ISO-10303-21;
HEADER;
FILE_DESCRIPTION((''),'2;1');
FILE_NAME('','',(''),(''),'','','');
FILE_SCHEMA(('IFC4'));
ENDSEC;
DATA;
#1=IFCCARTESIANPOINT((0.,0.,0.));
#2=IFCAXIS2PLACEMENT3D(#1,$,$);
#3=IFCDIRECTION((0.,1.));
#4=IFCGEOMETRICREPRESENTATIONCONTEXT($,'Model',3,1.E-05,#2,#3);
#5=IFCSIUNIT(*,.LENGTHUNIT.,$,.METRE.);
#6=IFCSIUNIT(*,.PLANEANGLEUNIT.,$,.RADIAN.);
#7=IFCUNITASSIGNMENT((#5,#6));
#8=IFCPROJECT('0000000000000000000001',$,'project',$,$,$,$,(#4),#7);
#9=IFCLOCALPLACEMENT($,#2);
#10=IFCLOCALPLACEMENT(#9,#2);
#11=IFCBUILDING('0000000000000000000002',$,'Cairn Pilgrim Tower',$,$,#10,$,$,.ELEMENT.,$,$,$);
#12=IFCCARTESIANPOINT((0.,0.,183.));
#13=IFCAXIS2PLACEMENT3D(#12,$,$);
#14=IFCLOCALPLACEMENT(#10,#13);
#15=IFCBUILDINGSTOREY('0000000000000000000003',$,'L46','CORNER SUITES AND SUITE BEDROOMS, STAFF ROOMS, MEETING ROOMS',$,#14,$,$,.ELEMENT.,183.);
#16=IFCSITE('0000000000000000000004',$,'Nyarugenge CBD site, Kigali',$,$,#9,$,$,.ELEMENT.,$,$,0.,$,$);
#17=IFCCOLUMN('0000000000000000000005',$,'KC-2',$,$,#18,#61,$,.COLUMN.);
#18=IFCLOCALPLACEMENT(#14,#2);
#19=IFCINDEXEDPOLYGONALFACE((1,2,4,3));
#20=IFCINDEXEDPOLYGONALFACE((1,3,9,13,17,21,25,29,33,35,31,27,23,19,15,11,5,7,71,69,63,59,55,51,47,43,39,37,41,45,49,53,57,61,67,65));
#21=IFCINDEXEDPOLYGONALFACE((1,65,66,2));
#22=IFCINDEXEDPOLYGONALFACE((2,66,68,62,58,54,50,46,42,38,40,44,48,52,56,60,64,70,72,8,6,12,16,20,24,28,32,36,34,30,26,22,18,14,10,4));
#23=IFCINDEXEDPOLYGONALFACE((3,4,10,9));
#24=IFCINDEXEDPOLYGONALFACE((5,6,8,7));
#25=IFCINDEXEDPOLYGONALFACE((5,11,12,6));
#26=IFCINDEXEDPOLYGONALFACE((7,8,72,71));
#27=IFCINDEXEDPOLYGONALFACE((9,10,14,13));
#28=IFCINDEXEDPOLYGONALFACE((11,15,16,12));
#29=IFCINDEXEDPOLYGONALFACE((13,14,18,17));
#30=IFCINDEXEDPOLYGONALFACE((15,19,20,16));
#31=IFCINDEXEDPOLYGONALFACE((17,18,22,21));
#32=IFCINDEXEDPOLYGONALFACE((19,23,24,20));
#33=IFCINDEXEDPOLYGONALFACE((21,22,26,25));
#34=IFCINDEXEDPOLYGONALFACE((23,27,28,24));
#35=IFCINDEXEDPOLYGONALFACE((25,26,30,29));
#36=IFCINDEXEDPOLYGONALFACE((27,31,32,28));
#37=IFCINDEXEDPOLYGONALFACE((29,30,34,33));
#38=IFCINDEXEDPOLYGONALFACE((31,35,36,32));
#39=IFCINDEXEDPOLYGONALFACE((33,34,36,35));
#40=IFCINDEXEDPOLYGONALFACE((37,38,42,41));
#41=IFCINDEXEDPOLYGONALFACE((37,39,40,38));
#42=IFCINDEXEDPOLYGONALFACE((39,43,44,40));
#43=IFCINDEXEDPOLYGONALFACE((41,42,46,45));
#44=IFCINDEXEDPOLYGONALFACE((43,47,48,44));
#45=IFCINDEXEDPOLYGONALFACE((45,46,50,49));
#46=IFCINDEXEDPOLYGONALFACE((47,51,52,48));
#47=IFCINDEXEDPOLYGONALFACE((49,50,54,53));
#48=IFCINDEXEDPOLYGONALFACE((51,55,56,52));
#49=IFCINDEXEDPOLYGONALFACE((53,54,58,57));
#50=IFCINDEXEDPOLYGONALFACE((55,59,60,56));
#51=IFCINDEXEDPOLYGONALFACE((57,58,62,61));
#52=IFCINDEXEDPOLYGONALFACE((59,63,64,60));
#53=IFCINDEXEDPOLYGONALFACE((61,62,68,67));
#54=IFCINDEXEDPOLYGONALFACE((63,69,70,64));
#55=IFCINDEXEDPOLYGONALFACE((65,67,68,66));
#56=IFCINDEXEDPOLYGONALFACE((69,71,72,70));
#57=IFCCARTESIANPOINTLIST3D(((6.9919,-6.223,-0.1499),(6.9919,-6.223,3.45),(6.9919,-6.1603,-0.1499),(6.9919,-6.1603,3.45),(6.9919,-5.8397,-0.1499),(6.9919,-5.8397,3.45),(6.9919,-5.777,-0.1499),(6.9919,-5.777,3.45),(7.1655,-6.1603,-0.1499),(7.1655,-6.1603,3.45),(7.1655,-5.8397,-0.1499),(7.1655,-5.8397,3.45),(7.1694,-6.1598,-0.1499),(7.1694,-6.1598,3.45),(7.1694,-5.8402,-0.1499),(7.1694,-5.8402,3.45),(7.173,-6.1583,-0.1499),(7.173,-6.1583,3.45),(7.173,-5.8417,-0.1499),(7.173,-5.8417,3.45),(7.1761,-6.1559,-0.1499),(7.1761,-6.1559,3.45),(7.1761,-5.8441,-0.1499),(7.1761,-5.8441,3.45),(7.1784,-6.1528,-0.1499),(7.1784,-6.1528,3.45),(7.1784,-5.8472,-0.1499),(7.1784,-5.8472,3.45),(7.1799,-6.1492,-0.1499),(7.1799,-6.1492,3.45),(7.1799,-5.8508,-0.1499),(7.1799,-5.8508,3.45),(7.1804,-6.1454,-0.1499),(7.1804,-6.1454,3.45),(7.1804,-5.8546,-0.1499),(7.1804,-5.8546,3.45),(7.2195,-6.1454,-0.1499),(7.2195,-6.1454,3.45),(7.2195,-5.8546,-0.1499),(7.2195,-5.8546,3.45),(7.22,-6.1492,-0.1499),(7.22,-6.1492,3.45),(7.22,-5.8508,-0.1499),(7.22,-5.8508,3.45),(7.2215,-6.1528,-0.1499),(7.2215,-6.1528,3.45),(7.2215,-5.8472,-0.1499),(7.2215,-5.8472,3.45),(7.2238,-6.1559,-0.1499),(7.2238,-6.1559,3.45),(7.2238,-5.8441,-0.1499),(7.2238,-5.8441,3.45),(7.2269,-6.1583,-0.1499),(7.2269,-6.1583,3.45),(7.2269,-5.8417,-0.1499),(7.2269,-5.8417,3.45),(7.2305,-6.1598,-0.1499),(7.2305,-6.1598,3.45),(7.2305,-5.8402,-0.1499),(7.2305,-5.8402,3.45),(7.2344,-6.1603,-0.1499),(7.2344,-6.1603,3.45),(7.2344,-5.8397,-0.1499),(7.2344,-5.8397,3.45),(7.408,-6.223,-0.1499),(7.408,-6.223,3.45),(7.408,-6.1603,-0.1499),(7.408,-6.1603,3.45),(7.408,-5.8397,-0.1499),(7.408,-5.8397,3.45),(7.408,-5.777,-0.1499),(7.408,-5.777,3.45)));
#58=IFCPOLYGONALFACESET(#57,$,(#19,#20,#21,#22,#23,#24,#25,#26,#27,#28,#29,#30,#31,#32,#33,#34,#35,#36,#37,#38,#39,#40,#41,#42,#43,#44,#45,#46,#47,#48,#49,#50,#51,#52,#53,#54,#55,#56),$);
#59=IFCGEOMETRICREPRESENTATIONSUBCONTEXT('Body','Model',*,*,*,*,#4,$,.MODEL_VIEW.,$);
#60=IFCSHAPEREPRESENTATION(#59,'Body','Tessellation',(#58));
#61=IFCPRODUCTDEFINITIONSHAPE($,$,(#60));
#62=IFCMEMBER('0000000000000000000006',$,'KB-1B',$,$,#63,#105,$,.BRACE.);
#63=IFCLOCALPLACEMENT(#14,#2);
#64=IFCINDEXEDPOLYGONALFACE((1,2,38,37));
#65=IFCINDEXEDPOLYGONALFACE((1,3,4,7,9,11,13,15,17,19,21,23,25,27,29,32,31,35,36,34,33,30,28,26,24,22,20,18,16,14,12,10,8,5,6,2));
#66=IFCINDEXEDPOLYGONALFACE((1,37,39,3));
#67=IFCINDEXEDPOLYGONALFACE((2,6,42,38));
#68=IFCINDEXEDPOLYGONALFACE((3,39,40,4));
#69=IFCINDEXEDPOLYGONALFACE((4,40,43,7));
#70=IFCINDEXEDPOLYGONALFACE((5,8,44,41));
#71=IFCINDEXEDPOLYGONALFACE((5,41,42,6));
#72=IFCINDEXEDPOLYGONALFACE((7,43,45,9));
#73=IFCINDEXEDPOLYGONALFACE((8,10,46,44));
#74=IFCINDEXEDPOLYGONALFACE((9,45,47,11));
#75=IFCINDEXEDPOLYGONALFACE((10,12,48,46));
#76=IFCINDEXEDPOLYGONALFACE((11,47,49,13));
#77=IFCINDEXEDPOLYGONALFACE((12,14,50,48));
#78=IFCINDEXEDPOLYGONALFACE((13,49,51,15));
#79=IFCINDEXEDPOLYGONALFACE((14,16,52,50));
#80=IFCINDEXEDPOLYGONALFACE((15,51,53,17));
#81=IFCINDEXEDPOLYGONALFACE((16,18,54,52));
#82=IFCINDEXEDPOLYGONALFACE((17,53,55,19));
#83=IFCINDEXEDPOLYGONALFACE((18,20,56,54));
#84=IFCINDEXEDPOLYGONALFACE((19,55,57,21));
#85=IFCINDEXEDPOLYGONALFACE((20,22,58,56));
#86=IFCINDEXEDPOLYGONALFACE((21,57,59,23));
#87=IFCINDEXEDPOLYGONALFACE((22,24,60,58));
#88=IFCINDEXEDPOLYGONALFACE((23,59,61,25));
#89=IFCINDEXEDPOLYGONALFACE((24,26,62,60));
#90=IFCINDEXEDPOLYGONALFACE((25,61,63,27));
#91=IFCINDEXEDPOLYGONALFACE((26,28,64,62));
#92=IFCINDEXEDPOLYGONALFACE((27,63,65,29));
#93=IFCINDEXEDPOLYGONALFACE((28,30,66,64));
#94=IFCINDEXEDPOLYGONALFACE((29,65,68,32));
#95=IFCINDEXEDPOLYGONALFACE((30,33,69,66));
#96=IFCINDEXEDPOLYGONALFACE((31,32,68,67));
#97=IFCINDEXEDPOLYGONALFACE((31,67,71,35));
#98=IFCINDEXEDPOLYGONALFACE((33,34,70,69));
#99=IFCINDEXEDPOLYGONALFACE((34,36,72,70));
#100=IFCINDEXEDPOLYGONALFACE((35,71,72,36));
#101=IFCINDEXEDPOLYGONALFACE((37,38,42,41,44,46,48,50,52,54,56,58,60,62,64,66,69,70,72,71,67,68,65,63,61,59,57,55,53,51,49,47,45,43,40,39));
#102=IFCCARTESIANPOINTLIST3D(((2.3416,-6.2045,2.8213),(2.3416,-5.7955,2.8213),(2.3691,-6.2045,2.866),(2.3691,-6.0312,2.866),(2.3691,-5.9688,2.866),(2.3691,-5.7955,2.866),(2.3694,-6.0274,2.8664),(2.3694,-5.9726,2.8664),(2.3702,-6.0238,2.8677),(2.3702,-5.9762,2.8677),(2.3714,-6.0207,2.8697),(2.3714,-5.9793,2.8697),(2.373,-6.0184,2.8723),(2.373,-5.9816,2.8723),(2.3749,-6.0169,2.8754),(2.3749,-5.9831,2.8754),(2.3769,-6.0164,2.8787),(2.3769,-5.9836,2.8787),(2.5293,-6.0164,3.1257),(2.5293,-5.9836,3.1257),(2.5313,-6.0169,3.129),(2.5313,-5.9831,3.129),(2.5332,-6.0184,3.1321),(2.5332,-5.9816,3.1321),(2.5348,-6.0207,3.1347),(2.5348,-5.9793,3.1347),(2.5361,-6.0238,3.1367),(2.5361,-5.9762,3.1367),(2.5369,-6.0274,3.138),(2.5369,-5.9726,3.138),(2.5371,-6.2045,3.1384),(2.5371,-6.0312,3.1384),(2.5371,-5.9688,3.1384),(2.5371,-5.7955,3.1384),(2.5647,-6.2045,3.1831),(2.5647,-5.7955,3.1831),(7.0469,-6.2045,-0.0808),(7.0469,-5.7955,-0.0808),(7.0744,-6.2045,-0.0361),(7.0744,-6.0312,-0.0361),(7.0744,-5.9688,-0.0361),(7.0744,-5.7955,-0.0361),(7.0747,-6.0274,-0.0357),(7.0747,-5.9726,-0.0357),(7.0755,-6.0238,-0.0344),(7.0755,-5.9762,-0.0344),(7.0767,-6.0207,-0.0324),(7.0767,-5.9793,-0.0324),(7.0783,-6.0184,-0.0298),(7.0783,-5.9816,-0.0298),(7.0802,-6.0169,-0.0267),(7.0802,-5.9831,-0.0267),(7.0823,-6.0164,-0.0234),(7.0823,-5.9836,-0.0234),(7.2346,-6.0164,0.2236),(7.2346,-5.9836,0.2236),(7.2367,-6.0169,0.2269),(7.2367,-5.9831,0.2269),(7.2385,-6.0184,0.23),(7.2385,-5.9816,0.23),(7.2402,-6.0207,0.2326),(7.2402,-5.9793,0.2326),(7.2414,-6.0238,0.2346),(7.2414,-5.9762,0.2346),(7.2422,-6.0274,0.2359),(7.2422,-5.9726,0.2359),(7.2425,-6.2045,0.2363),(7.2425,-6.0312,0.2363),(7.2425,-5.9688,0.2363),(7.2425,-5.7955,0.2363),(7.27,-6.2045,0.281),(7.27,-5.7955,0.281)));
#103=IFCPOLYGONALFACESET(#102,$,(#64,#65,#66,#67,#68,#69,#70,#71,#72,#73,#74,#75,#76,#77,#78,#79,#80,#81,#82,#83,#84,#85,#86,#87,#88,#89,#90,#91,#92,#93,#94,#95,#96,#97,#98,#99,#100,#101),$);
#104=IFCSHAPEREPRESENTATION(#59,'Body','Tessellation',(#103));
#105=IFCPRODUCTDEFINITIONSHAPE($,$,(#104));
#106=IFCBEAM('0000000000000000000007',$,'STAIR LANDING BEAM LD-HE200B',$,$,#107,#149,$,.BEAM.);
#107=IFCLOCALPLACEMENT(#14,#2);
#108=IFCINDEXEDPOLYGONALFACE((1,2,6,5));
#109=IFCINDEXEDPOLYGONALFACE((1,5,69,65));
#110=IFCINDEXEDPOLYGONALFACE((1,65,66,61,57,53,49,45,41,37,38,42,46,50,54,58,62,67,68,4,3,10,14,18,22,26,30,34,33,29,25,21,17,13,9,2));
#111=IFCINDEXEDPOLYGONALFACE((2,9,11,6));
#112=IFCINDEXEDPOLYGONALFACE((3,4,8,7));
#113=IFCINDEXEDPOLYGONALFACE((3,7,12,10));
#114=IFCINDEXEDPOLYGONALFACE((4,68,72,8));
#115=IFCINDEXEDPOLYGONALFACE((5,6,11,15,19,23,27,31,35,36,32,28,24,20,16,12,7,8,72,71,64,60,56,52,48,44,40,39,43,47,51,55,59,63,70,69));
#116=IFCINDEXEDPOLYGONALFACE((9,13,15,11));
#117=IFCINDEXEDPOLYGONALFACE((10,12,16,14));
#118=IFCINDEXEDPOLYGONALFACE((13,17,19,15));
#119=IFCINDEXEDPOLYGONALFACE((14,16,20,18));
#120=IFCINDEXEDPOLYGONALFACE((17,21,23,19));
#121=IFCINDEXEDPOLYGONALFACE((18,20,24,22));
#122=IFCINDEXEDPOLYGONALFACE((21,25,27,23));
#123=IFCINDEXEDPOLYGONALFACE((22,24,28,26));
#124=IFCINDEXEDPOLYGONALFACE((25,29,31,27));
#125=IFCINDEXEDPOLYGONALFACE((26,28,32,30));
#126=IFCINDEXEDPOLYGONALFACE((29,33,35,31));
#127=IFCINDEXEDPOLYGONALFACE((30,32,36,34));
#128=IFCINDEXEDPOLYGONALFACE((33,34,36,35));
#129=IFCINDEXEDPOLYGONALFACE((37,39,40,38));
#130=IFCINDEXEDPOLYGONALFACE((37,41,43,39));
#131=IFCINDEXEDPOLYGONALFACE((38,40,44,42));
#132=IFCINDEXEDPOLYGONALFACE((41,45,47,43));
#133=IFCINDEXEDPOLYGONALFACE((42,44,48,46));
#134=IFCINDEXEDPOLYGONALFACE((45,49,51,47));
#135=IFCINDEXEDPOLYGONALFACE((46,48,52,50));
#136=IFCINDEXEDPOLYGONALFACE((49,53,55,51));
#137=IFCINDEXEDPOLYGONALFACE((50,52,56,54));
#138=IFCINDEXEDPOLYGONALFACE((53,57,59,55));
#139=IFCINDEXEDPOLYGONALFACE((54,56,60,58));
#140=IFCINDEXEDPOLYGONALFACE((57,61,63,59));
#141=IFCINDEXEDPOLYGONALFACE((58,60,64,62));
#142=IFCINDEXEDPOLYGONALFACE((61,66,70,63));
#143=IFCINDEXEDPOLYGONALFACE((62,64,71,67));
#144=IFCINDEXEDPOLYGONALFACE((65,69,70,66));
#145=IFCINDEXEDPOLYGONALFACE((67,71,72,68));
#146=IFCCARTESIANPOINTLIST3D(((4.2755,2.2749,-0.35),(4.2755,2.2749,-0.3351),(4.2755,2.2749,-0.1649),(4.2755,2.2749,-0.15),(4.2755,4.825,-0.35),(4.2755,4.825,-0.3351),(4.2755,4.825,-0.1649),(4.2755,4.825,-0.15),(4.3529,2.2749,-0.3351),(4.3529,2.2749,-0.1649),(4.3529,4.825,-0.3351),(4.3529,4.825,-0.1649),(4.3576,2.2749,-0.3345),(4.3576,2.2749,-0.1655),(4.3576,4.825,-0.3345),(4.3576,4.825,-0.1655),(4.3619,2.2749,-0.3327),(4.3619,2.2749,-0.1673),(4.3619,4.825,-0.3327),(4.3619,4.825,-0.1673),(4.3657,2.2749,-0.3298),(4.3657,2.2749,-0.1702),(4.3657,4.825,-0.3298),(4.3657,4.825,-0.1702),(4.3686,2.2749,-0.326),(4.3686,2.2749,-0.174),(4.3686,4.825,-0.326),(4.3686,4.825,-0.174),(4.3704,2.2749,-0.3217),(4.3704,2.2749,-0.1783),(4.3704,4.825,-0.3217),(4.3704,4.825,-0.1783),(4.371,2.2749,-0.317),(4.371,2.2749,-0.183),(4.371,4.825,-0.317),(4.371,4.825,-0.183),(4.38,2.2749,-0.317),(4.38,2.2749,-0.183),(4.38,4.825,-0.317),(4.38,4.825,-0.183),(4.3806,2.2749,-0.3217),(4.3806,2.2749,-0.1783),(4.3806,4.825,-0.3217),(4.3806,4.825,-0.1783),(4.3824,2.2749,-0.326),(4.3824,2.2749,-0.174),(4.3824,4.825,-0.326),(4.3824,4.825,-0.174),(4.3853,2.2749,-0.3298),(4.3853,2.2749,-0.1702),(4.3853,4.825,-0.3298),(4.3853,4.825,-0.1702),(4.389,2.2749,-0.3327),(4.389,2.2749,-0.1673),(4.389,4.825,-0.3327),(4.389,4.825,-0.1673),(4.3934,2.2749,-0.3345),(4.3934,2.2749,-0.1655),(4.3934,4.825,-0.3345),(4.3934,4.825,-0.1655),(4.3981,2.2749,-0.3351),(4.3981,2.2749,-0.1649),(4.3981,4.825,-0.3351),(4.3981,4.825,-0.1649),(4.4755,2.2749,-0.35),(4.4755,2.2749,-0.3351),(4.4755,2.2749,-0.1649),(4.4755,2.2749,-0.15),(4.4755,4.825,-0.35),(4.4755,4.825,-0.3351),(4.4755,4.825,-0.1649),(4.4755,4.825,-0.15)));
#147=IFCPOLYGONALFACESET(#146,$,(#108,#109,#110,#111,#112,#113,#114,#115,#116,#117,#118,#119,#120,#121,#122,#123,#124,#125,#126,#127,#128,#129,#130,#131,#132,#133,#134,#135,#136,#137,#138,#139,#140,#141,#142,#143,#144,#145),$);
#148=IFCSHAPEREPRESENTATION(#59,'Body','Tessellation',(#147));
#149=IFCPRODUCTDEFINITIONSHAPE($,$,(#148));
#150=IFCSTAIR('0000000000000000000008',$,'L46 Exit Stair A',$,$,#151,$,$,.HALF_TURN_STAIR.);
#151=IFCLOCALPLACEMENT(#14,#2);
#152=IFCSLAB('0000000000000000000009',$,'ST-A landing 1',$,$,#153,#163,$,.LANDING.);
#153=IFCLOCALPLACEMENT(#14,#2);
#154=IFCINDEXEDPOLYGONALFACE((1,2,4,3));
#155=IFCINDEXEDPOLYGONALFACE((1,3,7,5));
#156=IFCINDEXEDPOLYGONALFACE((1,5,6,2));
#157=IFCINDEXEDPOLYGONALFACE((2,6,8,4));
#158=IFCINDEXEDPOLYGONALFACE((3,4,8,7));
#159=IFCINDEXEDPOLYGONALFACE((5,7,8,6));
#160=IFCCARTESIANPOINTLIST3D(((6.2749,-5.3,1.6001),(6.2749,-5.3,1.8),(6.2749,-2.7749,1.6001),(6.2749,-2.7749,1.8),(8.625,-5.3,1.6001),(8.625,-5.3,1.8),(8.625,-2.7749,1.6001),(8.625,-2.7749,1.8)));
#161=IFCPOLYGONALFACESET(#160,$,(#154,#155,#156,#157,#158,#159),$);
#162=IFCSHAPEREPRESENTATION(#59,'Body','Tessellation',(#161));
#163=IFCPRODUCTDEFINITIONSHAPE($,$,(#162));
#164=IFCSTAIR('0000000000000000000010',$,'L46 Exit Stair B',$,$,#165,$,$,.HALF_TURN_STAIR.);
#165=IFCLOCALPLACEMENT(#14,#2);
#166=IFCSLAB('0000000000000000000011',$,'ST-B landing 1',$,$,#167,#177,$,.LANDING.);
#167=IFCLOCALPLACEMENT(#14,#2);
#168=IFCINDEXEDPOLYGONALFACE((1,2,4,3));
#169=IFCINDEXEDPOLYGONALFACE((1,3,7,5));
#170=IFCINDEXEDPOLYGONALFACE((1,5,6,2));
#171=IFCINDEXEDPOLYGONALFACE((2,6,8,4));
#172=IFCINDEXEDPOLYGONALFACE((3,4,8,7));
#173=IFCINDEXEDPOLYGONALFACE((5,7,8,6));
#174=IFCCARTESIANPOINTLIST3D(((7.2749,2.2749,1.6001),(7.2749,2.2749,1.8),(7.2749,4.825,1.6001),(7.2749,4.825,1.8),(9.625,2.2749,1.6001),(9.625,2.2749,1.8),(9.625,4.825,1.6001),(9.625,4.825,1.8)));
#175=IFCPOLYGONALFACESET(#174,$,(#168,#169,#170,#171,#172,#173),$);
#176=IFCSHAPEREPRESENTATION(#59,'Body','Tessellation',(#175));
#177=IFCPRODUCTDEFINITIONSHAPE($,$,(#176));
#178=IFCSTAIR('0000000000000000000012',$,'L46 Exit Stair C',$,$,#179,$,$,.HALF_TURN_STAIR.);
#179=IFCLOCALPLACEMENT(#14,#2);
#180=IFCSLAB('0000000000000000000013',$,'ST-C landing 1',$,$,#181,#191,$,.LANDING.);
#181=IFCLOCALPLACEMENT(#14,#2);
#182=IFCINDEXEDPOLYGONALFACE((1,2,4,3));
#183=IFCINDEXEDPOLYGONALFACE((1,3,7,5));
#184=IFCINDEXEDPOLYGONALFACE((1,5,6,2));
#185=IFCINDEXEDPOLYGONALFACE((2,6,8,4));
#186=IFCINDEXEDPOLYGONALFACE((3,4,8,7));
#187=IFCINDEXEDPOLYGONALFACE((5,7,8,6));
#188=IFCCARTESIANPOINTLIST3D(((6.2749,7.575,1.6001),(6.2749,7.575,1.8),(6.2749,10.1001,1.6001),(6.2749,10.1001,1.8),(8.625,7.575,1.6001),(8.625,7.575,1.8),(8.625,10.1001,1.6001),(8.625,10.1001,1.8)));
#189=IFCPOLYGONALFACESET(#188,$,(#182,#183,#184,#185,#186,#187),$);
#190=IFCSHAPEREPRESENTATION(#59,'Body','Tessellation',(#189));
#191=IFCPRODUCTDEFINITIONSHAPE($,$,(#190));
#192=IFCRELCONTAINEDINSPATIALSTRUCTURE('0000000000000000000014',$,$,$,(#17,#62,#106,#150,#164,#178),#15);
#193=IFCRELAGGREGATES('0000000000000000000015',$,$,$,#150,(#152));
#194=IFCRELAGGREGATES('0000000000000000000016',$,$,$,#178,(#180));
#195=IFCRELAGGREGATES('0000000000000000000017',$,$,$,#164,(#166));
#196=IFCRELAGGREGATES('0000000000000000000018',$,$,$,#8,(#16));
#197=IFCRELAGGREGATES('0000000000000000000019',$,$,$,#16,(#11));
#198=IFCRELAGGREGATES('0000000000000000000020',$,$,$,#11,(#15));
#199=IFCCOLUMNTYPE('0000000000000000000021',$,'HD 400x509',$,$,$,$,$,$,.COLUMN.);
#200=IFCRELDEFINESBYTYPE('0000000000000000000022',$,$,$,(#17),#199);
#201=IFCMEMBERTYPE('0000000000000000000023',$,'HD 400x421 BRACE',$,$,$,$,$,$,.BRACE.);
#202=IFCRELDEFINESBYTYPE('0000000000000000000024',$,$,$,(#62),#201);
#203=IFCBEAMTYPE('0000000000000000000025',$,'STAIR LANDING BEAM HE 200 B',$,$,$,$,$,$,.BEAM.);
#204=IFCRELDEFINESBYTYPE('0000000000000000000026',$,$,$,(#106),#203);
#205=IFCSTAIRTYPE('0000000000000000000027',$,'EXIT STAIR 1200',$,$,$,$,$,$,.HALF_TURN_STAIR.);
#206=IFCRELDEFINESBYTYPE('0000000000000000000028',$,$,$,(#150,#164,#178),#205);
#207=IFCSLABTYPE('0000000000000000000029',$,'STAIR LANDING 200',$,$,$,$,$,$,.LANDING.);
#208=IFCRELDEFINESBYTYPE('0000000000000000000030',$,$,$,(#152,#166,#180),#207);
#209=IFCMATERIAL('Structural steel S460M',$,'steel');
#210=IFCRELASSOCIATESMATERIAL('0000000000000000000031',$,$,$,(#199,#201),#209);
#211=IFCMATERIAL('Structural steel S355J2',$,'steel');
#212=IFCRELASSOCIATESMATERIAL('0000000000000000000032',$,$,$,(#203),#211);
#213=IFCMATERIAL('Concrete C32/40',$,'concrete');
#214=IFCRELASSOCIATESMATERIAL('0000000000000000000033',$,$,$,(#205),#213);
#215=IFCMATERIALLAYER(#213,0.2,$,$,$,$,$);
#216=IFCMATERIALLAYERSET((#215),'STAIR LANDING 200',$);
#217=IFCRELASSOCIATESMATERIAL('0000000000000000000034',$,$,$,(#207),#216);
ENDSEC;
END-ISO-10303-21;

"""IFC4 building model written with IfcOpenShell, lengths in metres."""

from ifc_helpers import new_model, si_unit, direction, frame, origin, origin_2d, place, context, subcontext, project, spatial, polyline, i_section, outline, extrude, material, layer, layer_set, material_profile, profile_set, type_object, element, aggregate, save


model = new_model("IFC4")

# Units and contexts
model_context = context("Model", 3, precision=1e-05, world=origin(), true_north=direction((0.0, 1.0)))
body_context = subcontext(model_context, "Body", "Model", "MODEL_VIEW")
ifc_project = project(units=[si_unit("LENGTHUNIT", "METRE"), si_unit("PLANEANGLEUNIT", "RADIAN")], contexts=[model_context])

# Site, building, storey
site_placement = place(None, origin())
site = spatial("IfcSite", under=ifc_project, at=site_placement, Name="Nyarugenge CBD site, Kigali", CompositionType="ELEMENT", RefElevation=0.0)
building_placement = place(site_placement, origin())
building = spatial("IfcBuilding", under=site, at=building_placement, Name="Cairn Pilgrim Tower", CompositionType="ELEMENT")
storey_placement = place(building_placement, frame((0.0, 0.0, 183.0)))
storey = spatial("IfcBuildingStorey", under=building, at=storey_placement, Name="L46", Description="CORNER SUITES AND SUITE BEDROOMS, STAFF ROOMS, MEETING ROOMS", CompositionType="ELEMENT", Elevation=183.0)

# Column
ifc_material_1 = material(Name="Structural steel S460M", Category="steel")
ifc_material_profile_1 = material_profile(ifc_material_1, i_section(OverallWidth=0.416, OverallDepth=0.446, WebThickness=0.0391, FlangeThickness=0.0627, FilletRadius=0.0149, at=origin_2d()), Name="HD 400x509")
ifc_profile_set_1 = profile_set([ifc_material_profile_1], Name="Structural steel S460M")
column_type = type_object("IfcColumnType", Name="HD 400x509", PredefinedType="COLUMN", material=ifc_profile_set_1)
column_placement = place(storey_placement, frame((7.2, -6.0, -0.1499), z_axis=(0.0, 0.0, 1.0), x_axis=(1.0, 0.0, 0.0)))
element("IfcColumn", 1, at=column_placement, inside=storey, type_object=column_type, Name="KC-2", PredefinedType="COLUMN", context=body_context, shape_type="SweptSolid", body=[
    extrude(i_section(OverallWidth=0.416, OverallDepth=0.446, WebThickness=0.0391, FlangeThickness=0.0627, FilletRadius=0.0149, at=origin_2d()), origin(), (0.0, 0.0, 1.0), 3.5999),
])

# Member
ifc_material_profile_2 = material_profile(ifc_material_1, i_section(OverallWidth=0.4089, OverallDepth=0.425, WebThickness=0.0327, FlangeThickness=0.0525, FilletRadius=0.0149, at=origin_2d()), Name="HD 400x421")
ifc_profile_set_2 = profile_set([ifc_material_profile_2], Name="Structural steel S460M")
member_type = type_object("IfcMemberType", Name="HD 400x421 BRACE", PredefinedType="BRACE", material=ifc_profile_set_2)
member_placement = place(storey_placement, frame((7.1584, -6.0, 0.1001), z_axis=(-0.851132, 0.0, 0.524952), x_axis=(0.0, -1.0, 0.0)))
element("IfcMember", 2, at=member_placement, inside=storey, type_object=member_type, Name="KB-1B", PredefinedType="BRACE", context=body_context, shape_type="SweptSolid", body=[
    extrude(i_section(OverallWidth=0.4089, OverallDepth=0.425, WebThickness=0.0327, FlangeThickness=0.0525, FilletRadius=0.0149, at=origin_2d()), origin(), (0.0, 0.0, 1.0), 5.5283),
])

# Beam
ifc_material_2 = material(Name="Structural steel S355J2", Category="steel")
ifc_material_profile_3 = material_profile(ifc_material_2, i_section(OverallWidth=0.2, OverallDepth=0.2, WebThickness=0.009, FlangeThickness=0.0149, FilletRadius=0.0181, at=origin_2d()), Name="HE 200 B")
ifc_profile_set_3 = profile_set([ifc_material_profile_3], Name="Structural steel S355J2")
beam_type = type_object("IfcBeamType", Name="STAIR LANDING BEAM HE 200 B", PredefinedType="BEAM", material=ifc_profile_set_3)
beam_placement = place(storey_placement, frame((4.3755, 2.2749, -0.25), z_axis=(0.0, 1.0, 0.0), x_axis=(-1.0, 0.0, 0.0)))
element("IfcBeam", 3, at=beam_placement, inside=storey, type_object=beam_type, Name="STAIR LANDING BEAM LD-HE200B", PredefinedType="BEAM", context=body_context, shape_type="SweptSolid", body=[
    extrude(i_section(OverallWidth=0.2, OverallDepth=0.2, WebThickness=0.009, FlangeThickness=0.0149, FilletRadius=0.0181, at=origin_2d()), origin(), (0.0, 0.0, 1.0), 2.55),
])

# Stairs, slabs
ifc_material_3 = material(Name="Concrete C32/40", Category="concrete")
stair_type = type_object("IfcStairType", Name="EXIT STAIR 1200", PredefinedType="HALF_TURN_STAIR", material=ifc_material_3)
stair_1_placement = place(storey_placement, origin())
stair_1 = element("IfcStair", 4, at=stair_1_placement, inside=storey, type_object=stair_type, Name="L46 Exit Stair A", PredefinedType="HALF_TURN_STAIR")
ifc_layer_1 = layer(ifc_material_3, 0.2)
ifc_layer_set_1 = layer_set([ifc_layer_1], Name="STAIR LANDING 200")
slab_type = type_object("IfcSlabType", Name="STAIR LANDING 200", PredefinedType="LANDING", material=ifc_layer_set_1)
slab_1_placement = place(storey_placement, frame((0.0, 0.0, 1.6001)))
slab_1 = element("IfcSlab", 5, at=slab_1_placement, type_object=slab_type, Name="ST-A landing 1", PredefinedType="LANDING", context=body_context, shape_type="SweptSolid", body=[
    extrude(outline(polyline([(8.625, -2.7749), (6.2749, -2.7749), (6.2749, -5.3), (8.625, -5.3), (8.625, -2.7749)])), origin(), (0.0, 0.0, 1.0), 0.2),
])
aggregate(stair_1, [slab_1])
stair_2_placement = place(storey_placement, origin())
stair_2 = element("IfcStair", 6, at=stair_2_placement, inside=storey, type_object=stair_type, Name="L46 Exit Stair B", PredefinedType="HALF_TURN_STAIR")
slab_2_placement = place(storey_placement, frame((0.0, 0.0, 1.6001)))
slab_2 = element("IfcSlab", 7, at=slab_2_placement, type_object=slab_type, Name="ST-B landing 1", PredefinedType="LANDING", context=body_context, shape_type="SweptSolid", body=[
    extrude(outline(polyline([(7.2749, 2.2749), (9.625, 2.2749), (9.625, 4.825), (7.2749, 4.825), (7.2749, 2.2749)])), origin(), (0.0, 0.0, 1.0), 0.2),
])
stair_3_placement = place(storey_placement, origin())
stair_3 = element("IfcStair", 8, at=stair_3_placement, inside=storey, type_object=stair_type, Name="L46 Exit Stair C", PredefinedType="HALF_TURN_STAIR")
slab_3_placement = place(storey_placement, frame((0.0, 0.0, 1.6001)))
slab_3 = element("IfcSlab", 9, at=slab_3_placement, type_object=slab_type, Name="ST-C landing 1", PredefinedType="LANDING", context=body_context, shape_type="SweptSolid", body=[
    extrude(outline(polyline([(8.625, 10.1001), (6.2749, 10.1001), (6.2749, 7.575), (8.625, 7.575), (8.625, 10.1001)])), origin(), (0.0, 0.0, 1.0), 0.2),
])
aggregate(stair_3, [slab_3])

aggregate(stair_2, [slab_2])

save(model, "model.ifc")
